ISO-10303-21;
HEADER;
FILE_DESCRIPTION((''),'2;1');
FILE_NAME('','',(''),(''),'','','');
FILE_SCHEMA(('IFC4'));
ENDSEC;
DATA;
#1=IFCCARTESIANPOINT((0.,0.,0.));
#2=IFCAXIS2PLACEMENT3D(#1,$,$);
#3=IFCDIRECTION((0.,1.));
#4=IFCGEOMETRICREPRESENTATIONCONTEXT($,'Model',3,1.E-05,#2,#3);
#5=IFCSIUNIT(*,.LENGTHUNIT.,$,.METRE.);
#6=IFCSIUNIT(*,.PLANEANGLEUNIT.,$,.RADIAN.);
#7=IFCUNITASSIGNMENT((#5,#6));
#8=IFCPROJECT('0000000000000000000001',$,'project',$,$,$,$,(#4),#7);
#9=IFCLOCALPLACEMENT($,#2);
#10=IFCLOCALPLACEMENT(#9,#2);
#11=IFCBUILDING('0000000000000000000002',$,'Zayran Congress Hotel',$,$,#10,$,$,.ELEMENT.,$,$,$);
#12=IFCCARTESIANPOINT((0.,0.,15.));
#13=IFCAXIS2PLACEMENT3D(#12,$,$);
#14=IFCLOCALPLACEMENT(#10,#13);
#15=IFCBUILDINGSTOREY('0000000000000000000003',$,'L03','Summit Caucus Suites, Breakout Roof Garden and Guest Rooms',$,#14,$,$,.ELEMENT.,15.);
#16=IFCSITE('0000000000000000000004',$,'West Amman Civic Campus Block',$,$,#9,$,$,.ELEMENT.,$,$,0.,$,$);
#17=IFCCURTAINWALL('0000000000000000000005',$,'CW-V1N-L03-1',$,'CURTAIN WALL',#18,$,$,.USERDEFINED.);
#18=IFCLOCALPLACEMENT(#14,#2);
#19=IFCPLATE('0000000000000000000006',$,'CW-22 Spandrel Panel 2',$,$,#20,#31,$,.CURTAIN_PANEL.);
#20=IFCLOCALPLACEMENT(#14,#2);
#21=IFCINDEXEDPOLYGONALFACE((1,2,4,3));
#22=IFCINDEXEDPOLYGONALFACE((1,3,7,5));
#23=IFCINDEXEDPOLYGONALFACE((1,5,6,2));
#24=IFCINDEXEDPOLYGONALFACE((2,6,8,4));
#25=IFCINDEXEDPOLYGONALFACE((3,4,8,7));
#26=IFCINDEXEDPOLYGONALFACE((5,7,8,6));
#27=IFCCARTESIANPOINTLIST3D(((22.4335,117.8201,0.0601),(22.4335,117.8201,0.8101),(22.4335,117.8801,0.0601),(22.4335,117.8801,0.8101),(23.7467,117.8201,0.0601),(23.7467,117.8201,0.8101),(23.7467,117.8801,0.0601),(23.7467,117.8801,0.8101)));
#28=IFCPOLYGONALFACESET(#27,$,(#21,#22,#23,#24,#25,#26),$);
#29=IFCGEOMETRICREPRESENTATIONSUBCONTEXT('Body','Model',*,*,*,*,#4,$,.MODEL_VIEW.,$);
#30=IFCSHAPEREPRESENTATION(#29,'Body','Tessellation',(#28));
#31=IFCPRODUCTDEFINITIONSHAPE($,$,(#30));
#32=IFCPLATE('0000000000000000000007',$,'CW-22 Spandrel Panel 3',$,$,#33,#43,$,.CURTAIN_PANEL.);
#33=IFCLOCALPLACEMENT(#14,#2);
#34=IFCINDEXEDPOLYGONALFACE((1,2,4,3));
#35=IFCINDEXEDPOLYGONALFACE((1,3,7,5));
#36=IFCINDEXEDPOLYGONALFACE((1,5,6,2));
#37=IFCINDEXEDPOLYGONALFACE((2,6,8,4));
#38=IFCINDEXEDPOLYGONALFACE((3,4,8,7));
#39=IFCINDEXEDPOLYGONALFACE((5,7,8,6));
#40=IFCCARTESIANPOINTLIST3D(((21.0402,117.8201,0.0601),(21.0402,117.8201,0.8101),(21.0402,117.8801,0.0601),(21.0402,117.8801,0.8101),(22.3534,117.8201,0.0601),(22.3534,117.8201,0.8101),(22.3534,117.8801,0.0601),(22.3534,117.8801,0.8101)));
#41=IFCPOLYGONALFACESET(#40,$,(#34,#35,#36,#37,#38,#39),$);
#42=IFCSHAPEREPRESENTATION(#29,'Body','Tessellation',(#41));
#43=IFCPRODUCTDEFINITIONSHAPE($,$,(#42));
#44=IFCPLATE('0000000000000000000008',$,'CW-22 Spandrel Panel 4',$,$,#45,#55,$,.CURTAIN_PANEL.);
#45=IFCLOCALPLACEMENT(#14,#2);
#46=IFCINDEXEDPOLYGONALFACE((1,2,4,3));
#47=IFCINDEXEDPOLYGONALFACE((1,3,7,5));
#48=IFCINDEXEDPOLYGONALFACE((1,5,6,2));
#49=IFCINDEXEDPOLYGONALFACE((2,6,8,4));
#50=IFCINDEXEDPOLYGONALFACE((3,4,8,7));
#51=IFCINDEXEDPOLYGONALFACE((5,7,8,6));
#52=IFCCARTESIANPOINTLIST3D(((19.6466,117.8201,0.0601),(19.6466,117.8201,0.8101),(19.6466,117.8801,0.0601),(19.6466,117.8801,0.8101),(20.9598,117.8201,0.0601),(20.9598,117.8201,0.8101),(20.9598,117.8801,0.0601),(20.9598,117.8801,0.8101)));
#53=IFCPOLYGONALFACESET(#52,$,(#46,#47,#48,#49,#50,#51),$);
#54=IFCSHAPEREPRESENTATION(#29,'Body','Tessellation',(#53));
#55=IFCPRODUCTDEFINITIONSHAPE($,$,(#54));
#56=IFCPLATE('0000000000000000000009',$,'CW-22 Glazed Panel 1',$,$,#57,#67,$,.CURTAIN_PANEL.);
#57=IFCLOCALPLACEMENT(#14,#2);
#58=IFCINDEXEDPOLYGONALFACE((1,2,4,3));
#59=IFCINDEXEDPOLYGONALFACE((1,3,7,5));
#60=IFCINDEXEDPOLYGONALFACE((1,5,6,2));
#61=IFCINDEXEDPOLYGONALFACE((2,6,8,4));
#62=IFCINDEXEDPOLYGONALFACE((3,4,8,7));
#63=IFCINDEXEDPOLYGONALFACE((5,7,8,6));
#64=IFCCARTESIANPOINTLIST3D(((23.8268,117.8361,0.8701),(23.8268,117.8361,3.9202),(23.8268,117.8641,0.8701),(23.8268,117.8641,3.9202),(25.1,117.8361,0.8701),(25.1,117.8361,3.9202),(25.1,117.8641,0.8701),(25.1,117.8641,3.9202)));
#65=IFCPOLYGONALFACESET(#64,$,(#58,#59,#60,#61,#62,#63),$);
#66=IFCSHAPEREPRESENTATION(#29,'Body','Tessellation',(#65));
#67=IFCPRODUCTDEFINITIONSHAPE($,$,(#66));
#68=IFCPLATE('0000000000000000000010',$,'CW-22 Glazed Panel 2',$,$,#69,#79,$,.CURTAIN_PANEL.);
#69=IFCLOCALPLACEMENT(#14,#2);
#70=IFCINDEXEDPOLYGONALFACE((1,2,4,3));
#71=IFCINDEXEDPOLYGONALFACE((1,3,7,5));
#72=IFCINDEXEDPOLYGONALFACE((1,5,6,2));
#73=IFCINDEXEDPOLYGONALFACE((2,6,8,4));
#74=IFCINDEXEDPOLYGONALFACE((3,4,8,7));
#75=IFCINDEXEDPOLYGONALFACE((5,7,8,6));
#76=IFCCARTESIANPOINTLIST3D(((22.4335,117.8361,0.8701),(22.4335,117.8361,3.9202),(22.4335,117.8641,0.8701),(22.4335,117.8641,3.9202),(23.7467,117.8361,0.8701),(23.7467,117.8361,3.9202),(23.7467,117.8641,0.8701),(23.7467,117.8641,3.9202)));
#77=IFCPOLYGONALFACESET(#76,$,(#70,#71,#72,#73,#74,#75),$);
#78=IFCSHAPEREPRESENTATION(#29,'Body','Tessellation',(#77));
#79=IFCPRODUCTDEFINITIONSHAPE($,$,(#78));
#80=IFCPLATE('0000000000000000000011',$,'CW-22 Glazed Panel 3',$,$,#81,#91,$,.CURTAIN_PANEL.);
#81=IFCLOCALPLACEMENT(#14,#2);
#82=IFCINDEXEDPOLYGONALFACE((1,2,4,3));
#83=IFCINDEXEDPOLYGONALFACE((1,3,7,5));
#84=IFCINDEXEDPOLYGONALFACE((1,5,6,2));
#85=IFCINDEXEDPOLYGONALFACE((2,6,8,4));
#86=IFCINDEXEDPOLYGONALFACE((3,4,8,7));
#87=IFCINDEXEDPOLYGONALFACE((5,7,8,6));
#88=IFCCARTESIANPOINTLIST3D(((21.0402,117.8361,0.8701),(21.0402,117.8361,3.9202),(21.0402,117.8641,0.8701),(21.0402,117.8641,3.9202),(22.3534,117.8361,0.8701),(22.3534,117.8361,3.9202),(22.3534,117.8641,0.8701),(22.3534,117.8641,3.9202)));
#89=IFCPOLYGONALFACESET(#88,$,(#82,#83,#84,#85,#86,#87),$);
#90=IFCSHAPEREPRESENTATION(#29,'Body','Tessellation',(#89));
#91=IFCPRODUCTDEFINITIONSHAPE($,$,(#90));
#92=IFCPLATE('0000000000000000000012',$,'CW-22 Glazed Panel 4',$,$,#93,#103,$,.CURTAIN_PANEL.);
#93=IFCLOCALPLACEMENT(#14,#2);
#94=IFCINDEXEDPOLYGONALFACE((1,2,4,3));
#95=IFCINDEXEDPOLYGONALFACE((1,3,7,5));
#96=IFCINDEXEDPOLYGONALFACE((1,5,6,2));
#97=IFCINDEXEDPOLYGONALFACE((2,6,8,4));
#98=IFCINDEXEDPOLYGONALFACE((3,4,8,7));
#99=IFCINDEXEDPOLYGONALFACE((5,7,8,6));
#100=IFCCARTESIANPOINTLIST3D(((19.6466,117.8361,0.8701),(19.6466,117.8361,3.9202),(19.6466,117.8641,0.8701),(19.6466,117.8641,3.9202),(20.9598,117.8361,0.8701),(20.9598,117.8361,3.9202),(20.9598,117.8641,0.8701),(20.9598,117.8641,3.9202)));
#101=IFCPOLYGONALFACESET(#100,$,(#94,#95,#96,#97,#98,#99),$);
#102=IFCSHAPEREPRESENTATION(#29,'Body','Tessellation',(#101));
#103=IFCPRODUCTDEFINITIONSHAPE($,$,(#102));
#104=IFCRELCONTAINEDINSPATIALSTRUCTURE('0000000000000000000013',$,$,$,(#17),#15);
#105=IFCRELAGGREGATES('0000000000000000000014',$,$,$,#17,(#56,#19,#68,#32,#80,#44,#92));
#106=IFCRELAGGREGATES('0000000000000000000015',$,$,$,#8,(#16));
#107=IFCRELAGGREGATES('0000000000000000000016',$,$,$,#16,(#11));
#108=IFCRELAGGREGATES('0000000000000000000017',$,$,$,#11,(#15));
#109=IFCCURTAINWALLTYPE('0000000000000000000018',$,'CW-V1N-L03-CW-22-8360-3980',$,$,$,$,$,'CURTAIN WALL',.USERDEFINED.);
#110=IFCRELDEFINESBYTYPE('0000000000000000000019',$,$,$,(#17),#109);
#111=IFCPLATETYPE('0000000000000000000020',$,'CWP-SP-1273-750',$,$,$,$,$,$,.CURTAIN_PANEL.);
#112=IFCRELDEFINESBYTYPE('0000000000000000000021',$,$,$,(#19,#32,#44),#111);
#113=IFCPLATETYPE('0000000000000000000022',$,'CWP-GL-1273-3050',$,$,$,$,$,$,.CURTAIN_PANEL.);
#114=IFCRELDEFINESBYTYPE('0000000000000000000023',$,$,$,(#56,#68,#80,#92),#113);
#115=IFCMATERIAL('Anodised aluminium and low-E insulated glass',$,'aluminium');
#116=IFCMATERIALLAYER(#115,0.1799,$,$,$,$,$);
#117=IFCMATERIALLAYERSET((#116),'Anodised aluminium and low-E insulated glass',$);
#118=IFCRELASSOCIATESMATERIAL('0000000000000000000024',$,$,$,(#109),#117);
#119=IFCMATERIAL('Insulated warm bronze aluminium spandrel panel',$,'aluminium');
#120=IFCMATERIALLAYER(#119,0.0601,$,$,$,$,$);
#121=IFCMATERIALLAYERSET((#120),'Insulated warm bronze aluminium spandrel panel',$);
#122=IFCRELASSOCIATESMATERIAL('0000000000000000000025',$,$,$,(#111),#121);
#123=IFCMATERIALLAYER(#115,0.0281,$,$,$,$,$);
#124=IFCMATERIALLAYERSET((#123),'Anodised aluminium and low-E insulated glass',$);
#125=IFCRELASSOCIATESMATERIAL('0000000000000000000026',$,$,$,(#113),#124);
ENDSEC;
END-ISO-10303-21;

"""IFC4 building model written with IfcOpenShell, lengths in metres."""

from ifc_helpers import new_model, si_unit, direction, frame, origin, origin_2d, place, context, subcontext, project, spatial, rectangle, extrude, material, layer, layer_set, type_object, element, aggregate, save


model = new_model("IFC4")

# Units and contexts
model_context = context("Model", 3, precision=1e-05, world=origin(), true_north=direction((0.0, 1.0)))
body_context = subcontext(model_context, "Body", "Model", "MODEL_VIEW")
ifc_project = project(units=[si_unit("LENGTHUNIT", "METRE"), si_unit("PLANEANGLEUNIT", "RADIAN")], contexts=[model_context])

# Site, building, storey
site_placement = place(None, origin())
site = spatial("IfcSite", under=ifc_project, at=site_placement, Name="West Amman Civic Campus Block", CompositionType="ELEMENT", RefElevation=0.0)
building_placement = place(site_placement, origin())
building = spatial("IfcBuilding", under=site, at=building_placement, Name="Zayran Congress Hotel", CompositionType="ELEMENT")
storey_placement = place(building_placement, frame((0.0, 0.0, 15.0)))
storey = spatial("IfcBuildingStorey", under=building, at=storey_placement, Name="L03", Description="Summit Caucus Suites, Breakout Roof Garden and Guest Rooms", CompositionType="ELEMENT", Elevation=15.0)

# Curtain wall, plates
ifc_material_1 = material(Name="Anodised aluminium and low-E insulated glass", Category="aluminium")
ifc_layer_1 = layer(ifc_material_1, 0.1799)
ifc_layer_set_1 = layer_set([ifc_layer_1], Name="Anodised aluminium and low-E insulated glass")
curtain_wall_type = type_object("IfcCurtainWallType", Name="CW-V1N-L03-CW-22-8360-3980", ElementType="CURTAIN WALL", PredefinedType="USERDEFINED", material=ifc_layer_set_1)
curtain_wall_placement = place(storey_placement, origin())
curtain_wall = element("IfcCurtainWall", 1, at=curtain_wall_placement, inside=storey, type_object=curtain_wall_type, Name="CW-V1N-L03-1", ObjectType="CURTAIN WALL", PredefinedType="USERDEFINED")
ifc_material_2 = material(Name="Insulated warm bronze aluminium spandrel panel", Category="aluminium")
ifc_layer_2 = layer(ifc_material_2, 0.0601)
ifc_layer_set_2 = layer_set([ifc_layer_2], Name="Insulated warm bronze aluminium spandrel panel")
plate_type_1 = type_object("IfcPlateType", Name="CWP-SP-1273-750", PredefinedType="CURTAIN_PANEL", material=ifc_layer_set_2)
plate_1_placement = place(storey_placement, frame((23.0901, 117.8501, 0.0601), z_axis=(0.0, 0.0, 1.0), x_axis=(1.0, 0.0, 0.0)))
plate_1 = element("IfcPlate", 2, at=plate_1_placement, type_object=plate_type_1, Name="CW-22 Spandrel Panel 2", PredefinedType="CURTAIN_PANEL", context=body_context, shape_type="SweptSolid", body=[
    extrude(rectangle(XDim=1.3132, YDim=0.0601, at=origin_2d()), origin(), (0.0, 0.0, 1.0), 0.75),
])
plate_2_placement = place(storey_placement, frame((21.6968, 117.8501, 0.0601), z_axis=(0.0, 0.0, 1.0), x_axis=(1.0, 0.0, 0.0)))
plate_2 = element("IfcPlate", 3, at=plate_2_placement, type_object=plate_type_1, Name="CW-22 Spandrel Panel 3", PredefinedType="CURTAIN_PANEL", context=body_context, shape_type="SweptSolid", body=[
    extrude(rectangle(XDim=1.3132, YDim=0.0601, at=origin_2d()), origin(), (0.0, 0.0, 1.0), 0.75),
])
plate_3_placement = place(storey_placement, frame((20.3032, 117.8501, 0.0601), z_axis=(0.0, 0.0, 1.0), x_axis=(1.0, 0.0, 0.0)))
plate_3 = element("IfcPlate", 4, at=plate_3_placement, type_object=plate_type_1, Name="CW-22 Spandrel Panel 4", PredefinedType="CURTAIN_PANEL", context=body_context, shape_type="SweptSolid", body=[
    extrude(rectangle(XDim=1.3132, YDim=0.0601, at=origin_2d()), origin(), (0.0, 0.0, 1.0), 0.75),
])
ifc_layer_3 = layer(ifc_material_1, 0.0281)
ifc_layer_set_3 = layer_set([ifc_layer_3], Name="Anodised aluminium and low-E insulated glass")
plate_type_2 = type_object("IfcPlateType", Name="CWP-GL-1273-3050", PredefinedType="CURTAIN_PANEL", material=ifc_layer_set_3)
plate_4_placement = place(storey_placement, frame((24.4634, 117.8501, 0.8701), z_axis=(0.0, 0.0, 1.0), x_axis=(1.0, 0.0, 0.0)))
plate_4 = element("IfcPlate", 5, at=plate_4_placement, type_object=plate_type_2, Name="CW-22 Glazed Panel 1", PredefinedType="CURTAIN_PANEL", context=body_context, shape_type="SweptSolid", body=[
    extrude(rectangle(XDim=1.2732, YDim=0.0281, at=origin_2d()), origin(), (0.0, 0.0, 1.0), 3.05),
])
plate_5_placement = place(storey_placement, frame((23.0901, 117.8501, 0.8701), z_axis=(0.0, 0.0, 1.0), x_axis=(1.0, 0.0, 0.0)))
plate_5 = element("IfcPlate", 6, at=plate_5_placement, type_object=plate_type_2, Name="CW-22 Glazed Panel 2", PredefinedType="CURTAIN_PANEL", context=body_context, shape_type="SweptSolid", body=[
    extrude(rectangle(XDim=1.3132, YDim=0.0281, at=origin_2d()), origin(), (0.0, 0.0, 1.0), 3.05),
])
plate_6_placement = place(storey_placement, frame((21.6968, 117.8501, 0.8701), z_axis=(0.0, 0.0, 1.0), x_axis=(1.0, 0.0, 0.0)))
plate_6 = element("IfcPlate", 7, at=plate_6_placement, type_object=plate_type_2, Name="CW-22 Glazed Panel 3", PredefinedType="CURTAIN_PANEL", context=body_context, shape_type="SweptSolid", body=[
    extrude(rectangle(XDim=1.3132, YDim=0.0281, at=origin_2d()), origin(), (0.0, 0.0, 1.0), 3.05),
])
plate_7_placement = place(storey_placement, frame((20.3032, 117.8501, 0.8701), z_axis=(0.0, 0.0, 1.0), x_axis=(1.0, 0.0, 0.0)))
plate_7 = element("IfcPlate", 8, at=plate_7_placement, type_object=plate_type_2, Name="CW-22 Glazed Panel 4", PredefinedType="CURTAIN_PANEL", context=body_context, shape_type="SweptSolid", body=[
    extrude(rectangle(XDim=1.3132, YDim=0.0281, at=origin_2d()), origin(), (0.0, 0.0, 1.0), 3.05),
])
aggregate(curtain_wall, [plate_4, plate_1, plate_5, plate_2, plate_6, plate_3, plate_7])

save(model, "model.ifc")
